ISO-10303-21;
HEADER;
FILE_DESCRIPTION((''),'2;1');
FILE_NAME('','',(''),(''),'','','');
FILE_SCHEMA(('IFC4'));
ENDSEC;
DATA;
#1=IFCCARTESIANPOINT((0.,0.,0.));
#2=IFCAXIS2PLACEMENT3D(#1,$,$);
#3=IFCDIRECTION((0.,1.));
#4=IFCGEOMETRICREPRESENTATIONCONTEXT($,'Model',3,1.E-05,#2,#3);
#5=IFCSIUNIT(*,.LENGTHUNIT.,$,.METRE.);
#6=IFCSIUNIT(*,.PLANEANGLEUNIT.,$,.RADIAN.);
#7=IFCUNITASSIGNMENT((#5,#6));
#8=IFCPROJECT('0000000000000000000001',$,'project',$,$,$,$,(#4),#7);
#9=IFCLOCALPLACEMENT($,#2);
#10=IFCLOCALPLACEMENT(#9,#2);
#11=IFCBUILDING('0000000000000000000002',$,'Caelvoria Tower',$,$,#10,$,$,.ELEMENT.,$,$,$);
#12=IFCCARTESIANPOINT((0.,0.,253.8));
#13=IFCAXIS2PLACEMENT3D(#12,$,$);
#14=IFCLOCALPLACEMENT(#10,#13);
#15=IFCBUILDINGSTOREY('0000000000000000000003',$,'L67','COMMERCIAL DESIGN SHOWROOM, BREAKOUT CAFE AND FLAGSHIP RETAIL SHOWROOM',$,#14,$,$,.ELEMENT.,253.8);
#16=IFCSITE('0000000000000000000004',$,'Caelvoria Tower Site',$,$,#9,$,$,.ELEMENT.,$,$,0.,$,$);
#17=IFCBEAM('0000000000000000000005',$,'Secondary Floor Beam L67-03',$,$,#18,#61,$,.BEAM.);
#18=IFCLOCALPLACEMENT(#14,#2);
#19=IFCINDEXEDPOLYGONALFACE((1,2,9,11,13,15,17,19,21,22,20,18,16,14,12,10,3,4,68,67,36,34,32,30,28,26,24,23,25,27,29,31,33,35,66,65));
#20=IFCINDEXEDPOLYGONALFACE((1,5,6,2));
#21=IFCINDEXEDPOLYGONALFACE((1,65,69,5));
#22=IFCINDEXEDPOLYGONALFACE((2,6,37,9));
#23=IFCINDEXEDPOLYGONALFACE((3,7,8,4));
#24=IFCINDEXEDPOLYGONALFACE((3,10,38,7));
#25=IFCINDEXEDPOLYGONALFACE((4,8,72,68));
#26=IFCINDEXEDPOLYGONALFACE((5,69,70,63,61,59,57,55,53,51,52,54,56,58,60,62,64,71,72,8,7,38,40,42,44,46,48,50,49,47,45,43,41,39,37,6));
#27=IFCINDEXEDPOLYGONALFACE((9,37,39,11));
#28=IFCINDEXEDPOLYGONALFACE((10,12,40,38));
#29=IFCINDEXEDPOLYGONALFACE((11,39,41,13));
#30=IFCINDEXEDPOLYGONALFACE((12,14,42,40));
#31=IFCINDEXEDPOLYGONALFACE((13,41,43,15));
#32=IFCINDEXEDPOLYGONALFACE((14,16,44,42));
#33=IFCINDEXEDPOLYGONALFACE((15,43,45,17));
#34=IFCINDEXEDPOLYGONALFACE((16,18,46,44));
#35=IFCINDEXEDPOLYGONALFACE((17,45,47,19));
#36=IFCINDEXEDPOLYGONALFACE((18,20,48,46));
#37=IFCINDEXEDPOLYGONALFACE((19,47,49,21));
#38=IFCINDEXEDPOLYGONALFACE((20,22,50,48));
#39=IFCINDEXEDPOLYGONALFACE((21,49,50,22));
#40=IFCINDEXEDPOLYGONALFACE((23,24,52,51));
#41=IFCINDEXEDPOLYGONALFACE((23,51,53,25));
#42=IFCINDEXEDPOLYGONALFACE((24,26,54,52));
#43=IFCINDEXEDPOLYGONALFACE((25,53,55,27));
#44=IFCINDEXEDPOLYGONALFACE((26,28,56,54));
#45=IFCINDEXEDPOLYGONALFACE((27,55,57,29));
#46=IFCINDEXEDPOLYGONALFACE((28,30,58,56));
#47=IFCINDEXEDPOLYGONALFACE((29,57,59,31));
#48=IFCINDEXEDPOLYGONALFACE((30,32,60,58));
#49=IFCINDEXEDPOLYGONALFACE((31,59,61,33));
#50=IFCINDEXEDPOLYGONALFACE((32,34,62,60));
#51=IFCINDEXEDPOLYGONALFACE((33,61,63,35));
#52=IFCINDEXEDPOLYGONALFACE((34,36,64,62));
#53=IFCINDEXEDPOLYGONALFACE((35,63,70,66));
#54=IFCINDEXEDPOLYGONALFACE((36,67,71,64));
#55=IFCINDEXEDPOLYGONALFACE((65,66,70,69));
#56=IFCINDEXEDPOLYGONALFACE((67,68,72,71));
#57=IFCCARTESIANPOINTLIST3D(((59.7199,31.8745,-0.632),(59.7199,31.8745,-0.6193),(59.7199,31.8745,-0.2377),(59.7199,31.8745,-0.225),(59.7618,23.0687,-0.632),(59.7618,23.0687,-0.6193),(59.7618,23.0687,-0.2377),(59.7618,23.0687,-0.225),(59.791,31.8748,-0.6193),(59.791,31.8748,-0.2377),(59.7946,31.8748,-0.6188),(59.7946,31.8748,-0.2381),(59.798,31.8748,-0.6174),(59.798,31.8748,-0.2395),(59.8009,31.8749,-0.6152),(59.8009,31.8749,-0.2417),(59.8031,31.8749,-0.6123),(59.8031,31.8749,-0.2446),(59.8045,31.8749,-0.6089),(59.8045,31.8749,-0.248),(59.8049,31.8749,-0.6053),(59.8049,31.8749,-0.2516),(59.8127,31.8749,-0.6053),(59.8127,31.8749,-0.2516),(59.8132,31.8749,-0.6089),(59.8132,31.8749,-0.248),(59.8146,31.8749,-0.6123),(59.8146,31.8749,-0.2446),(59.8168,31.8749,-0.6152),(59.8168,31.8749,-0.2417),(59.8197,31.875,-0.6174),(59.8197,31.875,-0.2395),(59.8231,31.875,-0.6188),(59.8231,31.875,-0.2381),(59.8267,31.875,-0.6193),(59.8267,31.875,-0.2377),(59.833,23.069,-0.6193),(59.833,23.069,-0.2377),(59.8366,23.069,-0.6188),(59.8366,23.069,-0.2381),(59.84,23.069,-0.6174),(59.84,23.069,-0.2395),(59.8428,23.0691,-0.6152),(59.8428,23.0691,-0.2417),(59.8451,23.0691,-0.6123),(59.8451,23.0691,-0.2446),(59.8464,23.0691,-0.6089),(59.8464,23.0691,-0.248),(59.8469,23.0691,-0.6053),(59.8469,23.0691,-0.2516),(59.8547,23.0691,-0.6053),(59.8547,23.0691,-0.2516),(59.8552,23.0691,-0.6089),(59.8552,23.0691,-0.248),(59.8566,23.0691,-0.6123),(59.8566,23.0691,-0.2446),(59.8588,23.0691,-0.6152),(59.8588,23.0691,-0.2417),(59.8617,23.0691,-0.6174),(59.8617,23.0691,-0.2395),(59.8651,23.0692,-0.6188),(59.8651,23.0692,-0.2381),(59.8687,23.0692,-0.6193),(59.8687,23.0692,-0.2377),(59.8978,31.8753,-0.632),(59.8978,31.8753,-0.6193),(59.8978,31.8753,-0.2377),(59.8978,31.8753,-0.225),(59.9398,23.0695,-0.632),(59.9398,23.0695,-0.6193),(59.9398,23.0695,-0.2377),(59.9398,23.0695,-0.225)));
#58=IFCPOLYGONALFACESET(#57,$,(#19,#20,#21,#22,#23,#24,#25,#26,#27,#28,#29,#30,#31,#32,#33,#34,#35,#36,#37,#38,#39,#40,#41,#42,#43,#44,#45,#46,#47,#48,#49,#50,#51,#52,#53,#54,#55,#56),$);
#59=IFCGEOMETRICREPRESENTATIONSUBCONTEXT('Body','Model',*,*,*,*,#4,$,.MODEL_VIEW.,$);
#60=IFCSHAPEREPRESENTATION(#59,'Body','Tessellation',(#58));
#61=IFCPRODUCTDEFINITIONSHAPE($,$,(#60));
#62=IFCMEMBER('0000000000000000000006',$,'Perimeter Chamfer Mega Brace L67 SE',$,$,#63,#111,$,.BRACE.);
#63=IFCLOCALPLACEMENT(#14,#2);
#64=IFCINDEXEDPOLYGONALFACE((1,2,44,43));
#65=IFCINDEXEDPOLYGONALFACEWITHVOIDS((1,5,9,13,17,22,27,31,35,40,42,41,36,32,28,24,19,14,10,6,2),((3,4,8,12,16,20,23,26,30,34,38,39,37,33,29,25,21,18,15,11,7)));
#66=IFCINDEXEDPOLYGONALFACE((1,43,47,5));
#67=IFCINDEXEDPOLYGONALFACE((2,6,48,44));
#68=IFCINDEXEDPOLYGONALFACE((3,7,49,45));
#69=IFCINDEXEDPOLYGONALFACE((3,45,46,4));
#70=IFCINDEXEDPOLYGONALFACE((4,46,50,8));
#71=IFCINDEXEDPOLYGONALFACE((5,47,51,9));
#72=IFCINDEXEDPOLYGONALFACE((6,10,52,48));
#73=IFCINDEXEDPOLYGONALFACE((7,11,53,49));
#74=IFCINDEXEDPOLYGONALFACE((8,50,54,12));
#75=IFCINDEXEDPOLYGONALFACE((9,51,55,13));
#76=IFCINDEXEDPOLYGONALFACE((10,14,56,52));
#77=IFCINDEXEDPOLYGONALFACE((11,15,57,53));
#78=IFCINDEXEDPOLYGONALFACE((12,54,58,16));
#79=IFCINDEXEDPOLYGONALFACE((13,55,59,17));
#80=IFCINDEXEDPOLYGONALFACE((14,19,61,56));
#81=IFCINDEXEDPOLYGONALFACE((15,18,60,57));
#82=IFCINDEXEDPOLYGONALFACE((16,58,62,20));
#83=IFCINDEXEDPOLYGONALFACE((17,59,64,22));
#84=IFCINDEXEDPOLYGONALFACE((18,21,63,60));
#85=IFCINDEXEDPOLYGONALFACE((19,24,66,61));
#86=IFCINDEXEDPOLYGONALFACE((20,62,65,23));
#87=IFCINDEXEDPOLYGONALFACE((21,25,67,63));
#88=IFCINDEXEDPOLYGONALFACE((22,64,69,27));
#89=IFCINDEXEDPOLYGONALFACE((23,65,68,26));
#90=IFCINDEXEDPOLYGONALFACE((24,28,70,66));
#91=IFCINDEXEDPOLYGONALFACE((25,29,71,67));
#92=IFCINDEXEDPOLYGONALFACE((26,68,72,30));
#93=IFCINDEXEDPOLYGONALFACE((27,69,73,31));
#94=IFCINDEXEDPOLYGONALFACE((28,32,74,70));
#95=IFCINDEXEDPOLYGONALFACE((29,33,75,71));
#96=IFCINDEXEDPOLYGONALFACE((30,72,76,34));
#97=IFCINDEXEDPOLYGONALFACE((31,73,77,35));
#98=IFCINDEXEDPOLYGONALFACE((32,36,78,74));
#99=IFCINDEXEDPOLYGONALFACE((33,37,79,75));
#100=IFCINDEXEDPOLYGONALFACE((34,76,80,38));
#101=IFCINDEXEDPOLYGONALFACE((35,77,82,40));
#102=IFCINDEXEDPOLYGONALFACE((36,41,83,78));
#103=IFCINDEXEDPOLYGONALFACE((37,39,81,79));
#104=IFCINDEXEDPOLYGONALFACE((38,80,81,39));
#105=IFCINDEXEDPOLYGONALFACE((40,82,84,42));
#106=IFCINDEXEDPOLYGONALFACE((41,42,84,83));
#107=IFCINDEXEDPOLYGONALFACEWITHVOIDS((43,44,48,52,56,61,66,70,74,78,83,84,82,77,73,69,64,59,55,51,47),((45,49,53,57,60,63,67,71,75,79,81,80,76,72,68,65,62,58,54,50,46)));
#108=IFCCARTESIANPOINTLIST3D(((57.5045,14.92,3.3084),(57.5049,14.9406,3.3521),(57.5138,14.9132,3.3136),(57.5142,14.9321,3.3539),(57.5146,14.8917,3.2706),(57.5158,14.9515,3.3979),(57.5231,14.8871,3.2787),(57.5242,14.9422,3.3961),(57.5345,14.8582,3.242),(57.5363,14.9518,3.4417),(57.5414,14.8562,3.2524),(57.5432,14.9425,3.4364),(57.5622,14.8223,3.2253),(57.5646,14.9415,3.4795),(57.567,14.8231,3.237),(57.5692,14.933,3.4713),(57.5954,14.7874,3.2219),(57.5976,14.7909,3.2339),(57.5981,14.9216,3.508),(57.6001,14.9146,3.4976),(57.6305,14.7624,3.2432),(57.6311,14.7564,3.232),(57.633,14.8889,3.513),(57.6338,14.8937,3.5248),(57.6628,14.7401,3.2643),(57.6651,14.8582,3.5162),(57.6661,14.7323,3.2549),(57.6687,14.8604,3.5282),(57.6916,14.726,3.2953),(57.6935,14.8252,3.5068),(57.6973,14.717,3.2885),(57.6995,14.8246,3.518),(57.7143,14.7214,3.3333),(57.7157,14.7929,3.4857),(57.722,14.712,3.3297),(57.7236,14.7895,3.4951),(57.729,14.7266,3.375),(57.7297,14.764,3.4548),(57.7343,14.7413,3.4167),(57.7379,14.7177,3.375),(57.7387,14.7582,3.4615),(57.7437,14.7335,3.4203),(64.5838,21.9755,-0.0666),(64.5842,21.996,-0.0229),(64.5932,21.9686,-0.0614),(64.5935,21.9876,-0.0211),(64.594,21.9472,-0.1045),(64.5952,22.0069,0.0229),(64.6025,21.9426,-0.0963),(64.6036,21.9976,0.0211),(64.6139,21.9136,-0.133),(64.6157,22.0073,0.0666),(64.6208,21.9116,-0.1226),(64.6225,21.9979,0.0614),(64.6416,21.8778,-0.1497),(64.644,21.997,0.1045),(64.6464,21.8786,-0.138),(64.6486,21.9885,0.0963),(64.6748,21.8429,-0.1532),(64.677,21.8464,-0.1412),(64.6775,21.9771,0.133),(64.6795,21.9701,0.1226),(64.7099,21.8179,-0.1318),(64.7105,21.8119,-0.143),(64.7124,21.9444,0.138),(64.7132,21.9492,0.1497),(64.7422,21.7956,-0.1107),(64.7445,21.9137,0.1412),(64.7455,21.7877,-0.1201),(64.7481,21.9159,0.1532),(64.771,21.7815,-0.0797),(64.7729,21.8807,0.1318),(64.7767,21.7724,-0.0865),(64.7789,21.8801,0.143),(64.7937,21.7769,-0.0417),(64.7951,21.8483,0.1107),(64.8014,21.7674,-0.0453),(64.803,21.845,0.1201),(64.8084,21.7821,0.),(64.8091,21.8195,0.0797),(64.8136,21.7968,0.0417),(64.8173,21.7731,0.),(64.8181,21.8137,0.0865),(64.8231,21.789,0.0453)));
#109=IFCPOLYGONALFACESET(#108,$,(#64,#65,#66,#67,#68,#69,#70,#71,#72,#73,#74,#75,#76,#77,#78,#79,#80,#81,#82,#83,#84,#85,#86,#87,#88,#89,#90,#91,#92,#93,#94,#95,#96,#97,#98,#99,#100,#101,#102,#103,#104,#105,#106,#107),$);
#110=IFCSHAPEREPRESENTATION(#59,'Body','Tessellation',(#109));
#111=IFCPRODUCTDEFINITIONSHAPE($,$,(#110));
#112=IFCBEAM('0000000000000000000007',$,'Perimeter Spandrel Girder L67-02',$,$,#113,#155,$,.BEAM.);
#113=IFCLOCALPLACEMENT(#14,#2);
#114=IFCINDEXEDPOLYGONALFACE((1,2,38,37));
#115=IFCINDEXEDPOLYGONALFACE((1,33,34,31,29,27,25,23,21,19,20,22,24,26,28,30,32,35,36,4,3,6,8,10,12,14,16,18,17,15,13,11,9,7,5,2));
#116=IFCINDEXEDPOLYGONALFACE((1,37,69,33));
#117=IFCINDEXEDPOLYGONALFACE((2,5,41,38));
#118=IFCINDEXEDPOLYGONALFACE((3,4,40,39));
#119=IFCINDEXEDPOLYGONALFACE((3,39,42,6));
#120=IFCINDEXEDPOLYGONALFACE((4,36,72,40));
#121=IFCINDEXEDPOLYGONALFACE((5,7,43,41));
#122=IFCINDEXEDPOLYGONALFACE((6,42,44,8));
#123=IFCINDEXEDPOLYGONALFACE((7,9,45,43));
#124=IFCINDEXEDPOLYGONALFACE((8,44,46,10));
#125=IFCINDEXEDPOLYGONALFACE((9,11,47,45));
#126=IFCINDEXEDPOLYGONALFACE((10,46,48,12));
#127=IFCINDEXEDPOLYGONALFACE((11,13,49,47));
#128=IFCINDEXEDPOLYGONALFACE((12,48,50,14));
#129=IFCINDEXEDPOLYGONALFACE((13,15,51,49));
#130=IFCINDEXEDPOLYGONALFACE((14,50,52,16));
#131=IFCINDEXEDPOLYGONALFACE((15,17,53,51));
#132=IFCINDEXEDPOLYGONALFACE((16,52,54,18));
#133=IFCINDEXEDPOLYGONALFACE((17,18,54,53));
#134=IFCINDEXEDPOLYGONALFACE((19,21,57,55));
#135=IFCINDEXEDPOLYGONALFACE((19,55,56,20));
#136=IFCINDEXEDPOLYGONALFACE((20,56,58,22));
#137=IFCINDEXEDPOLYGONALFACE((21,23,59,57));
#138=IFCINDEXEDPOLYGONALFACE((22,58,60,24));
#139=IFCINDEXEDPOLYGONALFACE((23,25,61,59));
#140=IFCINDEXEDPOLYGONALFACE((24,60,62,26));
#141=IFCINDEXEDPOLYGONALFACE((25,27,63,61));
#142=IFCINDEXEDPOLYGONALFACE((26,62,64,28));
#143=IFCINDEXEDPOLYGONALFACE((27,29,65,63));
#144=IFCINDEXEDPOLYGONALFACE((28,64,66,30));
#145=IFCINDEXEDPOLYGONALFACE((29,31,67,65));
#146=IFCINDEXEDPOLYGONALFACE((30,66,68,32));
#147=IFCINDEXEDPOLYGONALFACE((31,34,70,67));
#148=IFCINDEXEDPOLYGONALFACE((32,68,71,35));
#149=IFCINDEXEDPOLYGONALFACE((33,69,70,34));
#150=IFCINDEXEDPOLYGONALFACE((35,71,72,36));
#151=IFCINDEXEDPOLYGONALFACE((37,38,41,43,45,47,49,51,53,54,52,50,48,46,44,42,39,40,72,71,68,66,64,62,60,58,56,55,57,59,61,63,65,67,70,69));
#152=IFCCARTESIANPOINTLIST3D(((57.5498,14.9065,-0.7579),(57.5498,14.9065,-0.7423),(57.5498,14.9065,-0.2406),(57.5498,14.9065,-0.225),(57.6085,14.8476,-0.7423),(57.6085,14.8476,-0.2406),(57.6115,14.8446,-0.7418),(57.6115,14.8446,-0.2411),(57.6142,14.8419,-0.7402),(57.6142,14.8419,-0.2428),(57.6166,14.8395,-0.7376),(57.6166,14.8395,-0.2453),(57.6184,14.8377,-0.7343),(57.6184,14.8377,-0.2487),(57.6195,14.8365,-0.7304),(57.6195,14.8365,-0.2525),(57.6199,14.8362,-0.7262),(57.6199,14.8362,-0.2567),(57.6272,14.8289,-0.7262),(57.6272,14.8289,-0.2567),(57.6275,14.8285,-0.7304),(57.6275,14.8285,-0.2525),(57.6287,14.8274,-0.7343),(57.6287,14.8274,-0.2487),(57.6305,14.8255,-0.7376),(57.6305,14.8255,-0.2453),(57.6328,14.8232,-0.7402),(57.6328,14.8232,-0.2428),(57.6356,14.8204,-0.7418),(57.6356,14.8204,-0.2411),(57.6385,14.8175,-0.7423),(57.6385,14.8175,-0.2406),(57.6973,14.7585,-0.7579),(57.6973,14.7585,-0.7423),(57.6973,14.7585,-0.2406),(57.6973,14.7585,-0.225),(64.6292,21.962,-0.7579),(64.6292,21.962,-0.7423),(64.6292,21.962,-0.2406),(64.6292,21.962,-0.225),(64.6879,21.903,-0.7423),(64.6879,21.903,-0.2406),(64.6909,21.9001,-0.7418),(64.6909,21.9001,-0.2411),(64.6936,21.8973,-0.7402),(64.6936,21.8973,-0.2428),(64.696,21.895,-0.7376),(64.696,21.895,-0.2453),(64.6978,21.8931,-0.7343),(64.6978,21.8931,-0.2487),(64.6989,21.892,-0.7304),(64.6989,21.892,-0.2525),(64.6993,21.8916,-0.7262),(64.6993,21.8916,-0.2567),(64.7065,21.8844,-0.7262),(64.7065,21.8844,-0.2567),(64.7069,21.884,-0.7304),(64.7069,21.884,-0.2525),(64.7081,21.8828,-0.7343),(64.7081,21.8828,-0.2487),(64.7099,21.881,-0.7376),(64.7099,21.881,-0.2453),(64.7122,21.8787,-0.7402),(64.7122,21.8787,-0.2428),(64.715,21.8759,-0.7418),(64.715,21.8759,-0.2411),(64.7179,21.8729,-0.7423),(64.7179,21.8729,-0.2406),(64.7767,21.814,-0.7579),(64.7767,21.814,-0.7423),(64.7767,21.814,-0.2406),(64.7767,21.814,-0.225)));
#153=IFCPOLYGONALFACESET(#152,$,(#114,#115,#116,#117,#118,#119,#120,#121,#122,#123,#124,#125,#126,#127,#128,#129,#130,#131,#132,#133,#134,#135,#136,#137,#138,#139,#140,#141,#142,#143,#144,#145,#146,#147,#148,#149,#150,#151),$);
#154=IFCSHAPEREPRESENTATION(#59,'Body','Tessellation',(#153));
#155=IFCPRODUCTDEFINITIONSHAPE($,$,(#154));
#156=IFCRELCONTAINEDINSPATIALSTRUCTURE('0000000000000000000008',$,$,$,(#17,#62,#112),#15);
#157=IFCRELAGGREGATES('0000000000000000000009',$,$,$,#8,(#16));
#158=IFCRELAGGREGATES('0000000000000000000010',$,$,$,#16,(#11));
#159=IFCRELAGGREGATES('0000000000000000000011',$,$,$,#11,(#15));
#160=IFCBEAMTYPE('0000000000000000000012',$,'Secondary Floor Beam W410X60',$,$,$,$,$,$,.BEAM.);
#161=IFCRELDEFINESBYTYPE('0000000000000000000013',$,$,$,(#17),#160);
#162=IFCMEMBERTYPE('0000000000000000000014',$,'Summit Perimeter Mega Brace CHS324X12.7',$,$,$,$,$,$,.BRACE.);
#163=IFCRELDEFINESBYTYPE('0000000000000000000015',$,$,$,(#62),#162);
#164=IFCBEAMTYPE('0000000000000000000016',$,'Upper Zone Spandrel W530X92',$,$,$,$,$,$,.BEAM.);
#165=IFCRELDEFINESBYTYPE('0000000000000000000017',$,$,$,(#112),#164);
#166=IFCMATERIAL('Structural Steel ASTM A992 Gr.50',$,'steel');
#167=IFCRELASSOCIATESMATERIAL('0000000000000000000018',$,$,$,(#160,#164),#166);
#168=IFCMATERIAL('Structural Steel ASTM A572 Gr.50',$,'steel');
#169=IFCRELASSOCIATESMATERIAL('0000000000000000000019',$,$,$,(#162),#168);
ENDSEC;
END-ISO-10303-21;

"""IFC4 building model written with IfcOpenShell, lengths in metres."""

from ifc_helpers import new_model, si_unit, direction, frame, origin, origin_2d, place, context, subcontext, project, spatial, hollow_circle, i_section, extrude, material, material_profile, profile_set, type_object, element, save


model = new_model("IFC4")

# Units and contexts
model_context = context("Model", 3, precision=1e-05, world=origin(), true_north=direction((0.0, 1.0)))
body_context = subcontext(model_context, "Body", "Model", "MODEL_VIEW")
ifc_project = project(units=[si_unit("LENGTHUNIT", "METRE"), si_unit("PLANEANGLEUNIT", "RADIAN")], contexts=[model_context])

# Site, building, storey
site_placement = place(None, origin())
site = spatial("IfcSite", under=ifc_project, at=site_placement, Name="Caelvoria Tower Site", CompositionType="ELEMENT", RefElevation=0.0)
building_placement = place(site_placement, origin())
building = spatial("IfcBuilding", under=site, at=building_placement, Name="Caelvoria Tower", CompositionType="ELEMENT")
storey_placement = place(building_placement, frame((0.0, 0.0, 253.8)))
storey = spatial("IfcBuildingStorey", under=building, at=storey_placement, Name="L67", Description="COMMERCIAL DESIGN SHOWROOM, BREAKOUT CAFE AND FLAGSHIP RETAIL SHOWROOM", CompositionType="ELEMENT", Elevation=253.8)

# Shared definitions
ifc_material_1 = material(Name="Structural Steel ASTM A572 Gr.50", Category="steel")
ifc_material_2 = material(Name="Structural Steel ASTM A992 Gr.50", Category="steel")

# Beam
ifc_material_profile_1 = material_profile(ifc_material_2, i_section(OverallWidth=0.178, OverallDepth=0.407, WebThickness=0.0078, FlangeThickness=0.0127, FilletRadius=0.0139, at=origin_2d()), Name="Structural Steel ASTM A992 Gr.50")
ifc_profile_set_1 = profile_set([ifc_material_profile_1], Name="W410X60 - Structural Steel ASTM A992 Gr.50")
beam_type_1 = type_object("IfcBeamType", Name="Secondary Floor Beam W410X60", PredefinedType="BEAM", material=ifc_profile_set_1)
beam_1_placement = place(storey_placement, frame((59.8508, 23.0691, -0.4285), z_axis=(-0.004769, 0.999989, 0.0), x_axis=(-0.999989, -0.004769, 0.0)))
element("IfcBeam", 1, at=beam_1_placement, inside=storey, type_object=beam_type_1, Name="Secondary Floor Beam L67-03", PredefinedType="BEAM", context=body_context, shape_type="SweptSolid", body=[
    extrude(i_section(OverallWidth=0.178, OverallDepth=0.407, WebThickness=0.0078, FlangeThickness=0.0127, FilletRadius=0.0139, at=origin_2d()), origin(), (0.0, 0.0, 1.0), 8.8059),
])

# Member
ifc_material_profile_2 = material_profile(ifc_material_1, hollow_circle(Radius=0.1621, WallThickness=0.0127, at=origin_2d()), Name="Structural Steel ASTM A572 Gr.50")
ifc_profile_set_2 = profile_set([ifc_material_profile_2], Name="CHS324X12.7 - Structural Steel ASTM A572 Gr.50")
member_type = type_object("IfcMemberType", Name="Summit Perimeter Mega Brace CHS324X12.7", PredefinedType="BRACE", material=ifc_profile_set_2)
member_placement = place(storey_placement, frame((64.7029, 21.8879, 0.0), z_axis=(-0.671076, -0.668808, 0.319928), x_axis=(0.705909, -0.708303, 0.0)))
element("IfcMember", 2, at=member_placement, inside=storey, type_object=member_type, Name="Perimeter Chamfer Mega Brace L67 SE", PredefinedType="BRACE", context=body_context, shape_type="SweptSolid", body=[
    extrude(hollow_circle(Radius=0.1621, WallThickness=0.0127, at=origin_2d()), origin(), (0.0, 0.0, 1.0), 10.5493),
])

# Beam
ifc_material_profile_3 = material_profile(ifc_material_2, i_section(OverallWidth=0.209, OverallDepth=0.533, WebThickness=0.0103, FlangeThickness=0.0156, FilletRadius=0.0161, at=origin_2d()), Name="Structural Steel ASTM A992 Gr.50")
ifc_profile_set_3 = profile_set([ifc_material_profile_3], Name="W530X92 - Structural Steel ASTM A992 Gr.50")
beam_type_2 = type_object("IfcBeamType", Name="Upper Zone Spandrel W530X92", PredefinedType="BEAM", material=ifc_profile_set_3)
beam_2_placement = place(storey_placement, frame((57.6235, 14.8325, -0.4915), z_axis=(0.708303, 0.705909, 0.0), x_axis=(-0.705909, 0.708303, 0.0)))
element("IfcBeam", 3, at=beam_2_placement, inside=storey, type_object=beam_type_2, Name="Perimeter Spandrel Girder L67-02", PredefinedType="BEAM", context=body_context, shape_type="SweptSolid", body=[
    extrude(i_section(OverallWidth=0.209, OverallDepth=0.533, WebThickness=0.0103, FlangeThickness=0.0156, FilletRadius=0.0161, at=origin_2d()), origin(), (0.0, 0.0, 1.0), 9.9949),
])

save(model, "model.ifc")
